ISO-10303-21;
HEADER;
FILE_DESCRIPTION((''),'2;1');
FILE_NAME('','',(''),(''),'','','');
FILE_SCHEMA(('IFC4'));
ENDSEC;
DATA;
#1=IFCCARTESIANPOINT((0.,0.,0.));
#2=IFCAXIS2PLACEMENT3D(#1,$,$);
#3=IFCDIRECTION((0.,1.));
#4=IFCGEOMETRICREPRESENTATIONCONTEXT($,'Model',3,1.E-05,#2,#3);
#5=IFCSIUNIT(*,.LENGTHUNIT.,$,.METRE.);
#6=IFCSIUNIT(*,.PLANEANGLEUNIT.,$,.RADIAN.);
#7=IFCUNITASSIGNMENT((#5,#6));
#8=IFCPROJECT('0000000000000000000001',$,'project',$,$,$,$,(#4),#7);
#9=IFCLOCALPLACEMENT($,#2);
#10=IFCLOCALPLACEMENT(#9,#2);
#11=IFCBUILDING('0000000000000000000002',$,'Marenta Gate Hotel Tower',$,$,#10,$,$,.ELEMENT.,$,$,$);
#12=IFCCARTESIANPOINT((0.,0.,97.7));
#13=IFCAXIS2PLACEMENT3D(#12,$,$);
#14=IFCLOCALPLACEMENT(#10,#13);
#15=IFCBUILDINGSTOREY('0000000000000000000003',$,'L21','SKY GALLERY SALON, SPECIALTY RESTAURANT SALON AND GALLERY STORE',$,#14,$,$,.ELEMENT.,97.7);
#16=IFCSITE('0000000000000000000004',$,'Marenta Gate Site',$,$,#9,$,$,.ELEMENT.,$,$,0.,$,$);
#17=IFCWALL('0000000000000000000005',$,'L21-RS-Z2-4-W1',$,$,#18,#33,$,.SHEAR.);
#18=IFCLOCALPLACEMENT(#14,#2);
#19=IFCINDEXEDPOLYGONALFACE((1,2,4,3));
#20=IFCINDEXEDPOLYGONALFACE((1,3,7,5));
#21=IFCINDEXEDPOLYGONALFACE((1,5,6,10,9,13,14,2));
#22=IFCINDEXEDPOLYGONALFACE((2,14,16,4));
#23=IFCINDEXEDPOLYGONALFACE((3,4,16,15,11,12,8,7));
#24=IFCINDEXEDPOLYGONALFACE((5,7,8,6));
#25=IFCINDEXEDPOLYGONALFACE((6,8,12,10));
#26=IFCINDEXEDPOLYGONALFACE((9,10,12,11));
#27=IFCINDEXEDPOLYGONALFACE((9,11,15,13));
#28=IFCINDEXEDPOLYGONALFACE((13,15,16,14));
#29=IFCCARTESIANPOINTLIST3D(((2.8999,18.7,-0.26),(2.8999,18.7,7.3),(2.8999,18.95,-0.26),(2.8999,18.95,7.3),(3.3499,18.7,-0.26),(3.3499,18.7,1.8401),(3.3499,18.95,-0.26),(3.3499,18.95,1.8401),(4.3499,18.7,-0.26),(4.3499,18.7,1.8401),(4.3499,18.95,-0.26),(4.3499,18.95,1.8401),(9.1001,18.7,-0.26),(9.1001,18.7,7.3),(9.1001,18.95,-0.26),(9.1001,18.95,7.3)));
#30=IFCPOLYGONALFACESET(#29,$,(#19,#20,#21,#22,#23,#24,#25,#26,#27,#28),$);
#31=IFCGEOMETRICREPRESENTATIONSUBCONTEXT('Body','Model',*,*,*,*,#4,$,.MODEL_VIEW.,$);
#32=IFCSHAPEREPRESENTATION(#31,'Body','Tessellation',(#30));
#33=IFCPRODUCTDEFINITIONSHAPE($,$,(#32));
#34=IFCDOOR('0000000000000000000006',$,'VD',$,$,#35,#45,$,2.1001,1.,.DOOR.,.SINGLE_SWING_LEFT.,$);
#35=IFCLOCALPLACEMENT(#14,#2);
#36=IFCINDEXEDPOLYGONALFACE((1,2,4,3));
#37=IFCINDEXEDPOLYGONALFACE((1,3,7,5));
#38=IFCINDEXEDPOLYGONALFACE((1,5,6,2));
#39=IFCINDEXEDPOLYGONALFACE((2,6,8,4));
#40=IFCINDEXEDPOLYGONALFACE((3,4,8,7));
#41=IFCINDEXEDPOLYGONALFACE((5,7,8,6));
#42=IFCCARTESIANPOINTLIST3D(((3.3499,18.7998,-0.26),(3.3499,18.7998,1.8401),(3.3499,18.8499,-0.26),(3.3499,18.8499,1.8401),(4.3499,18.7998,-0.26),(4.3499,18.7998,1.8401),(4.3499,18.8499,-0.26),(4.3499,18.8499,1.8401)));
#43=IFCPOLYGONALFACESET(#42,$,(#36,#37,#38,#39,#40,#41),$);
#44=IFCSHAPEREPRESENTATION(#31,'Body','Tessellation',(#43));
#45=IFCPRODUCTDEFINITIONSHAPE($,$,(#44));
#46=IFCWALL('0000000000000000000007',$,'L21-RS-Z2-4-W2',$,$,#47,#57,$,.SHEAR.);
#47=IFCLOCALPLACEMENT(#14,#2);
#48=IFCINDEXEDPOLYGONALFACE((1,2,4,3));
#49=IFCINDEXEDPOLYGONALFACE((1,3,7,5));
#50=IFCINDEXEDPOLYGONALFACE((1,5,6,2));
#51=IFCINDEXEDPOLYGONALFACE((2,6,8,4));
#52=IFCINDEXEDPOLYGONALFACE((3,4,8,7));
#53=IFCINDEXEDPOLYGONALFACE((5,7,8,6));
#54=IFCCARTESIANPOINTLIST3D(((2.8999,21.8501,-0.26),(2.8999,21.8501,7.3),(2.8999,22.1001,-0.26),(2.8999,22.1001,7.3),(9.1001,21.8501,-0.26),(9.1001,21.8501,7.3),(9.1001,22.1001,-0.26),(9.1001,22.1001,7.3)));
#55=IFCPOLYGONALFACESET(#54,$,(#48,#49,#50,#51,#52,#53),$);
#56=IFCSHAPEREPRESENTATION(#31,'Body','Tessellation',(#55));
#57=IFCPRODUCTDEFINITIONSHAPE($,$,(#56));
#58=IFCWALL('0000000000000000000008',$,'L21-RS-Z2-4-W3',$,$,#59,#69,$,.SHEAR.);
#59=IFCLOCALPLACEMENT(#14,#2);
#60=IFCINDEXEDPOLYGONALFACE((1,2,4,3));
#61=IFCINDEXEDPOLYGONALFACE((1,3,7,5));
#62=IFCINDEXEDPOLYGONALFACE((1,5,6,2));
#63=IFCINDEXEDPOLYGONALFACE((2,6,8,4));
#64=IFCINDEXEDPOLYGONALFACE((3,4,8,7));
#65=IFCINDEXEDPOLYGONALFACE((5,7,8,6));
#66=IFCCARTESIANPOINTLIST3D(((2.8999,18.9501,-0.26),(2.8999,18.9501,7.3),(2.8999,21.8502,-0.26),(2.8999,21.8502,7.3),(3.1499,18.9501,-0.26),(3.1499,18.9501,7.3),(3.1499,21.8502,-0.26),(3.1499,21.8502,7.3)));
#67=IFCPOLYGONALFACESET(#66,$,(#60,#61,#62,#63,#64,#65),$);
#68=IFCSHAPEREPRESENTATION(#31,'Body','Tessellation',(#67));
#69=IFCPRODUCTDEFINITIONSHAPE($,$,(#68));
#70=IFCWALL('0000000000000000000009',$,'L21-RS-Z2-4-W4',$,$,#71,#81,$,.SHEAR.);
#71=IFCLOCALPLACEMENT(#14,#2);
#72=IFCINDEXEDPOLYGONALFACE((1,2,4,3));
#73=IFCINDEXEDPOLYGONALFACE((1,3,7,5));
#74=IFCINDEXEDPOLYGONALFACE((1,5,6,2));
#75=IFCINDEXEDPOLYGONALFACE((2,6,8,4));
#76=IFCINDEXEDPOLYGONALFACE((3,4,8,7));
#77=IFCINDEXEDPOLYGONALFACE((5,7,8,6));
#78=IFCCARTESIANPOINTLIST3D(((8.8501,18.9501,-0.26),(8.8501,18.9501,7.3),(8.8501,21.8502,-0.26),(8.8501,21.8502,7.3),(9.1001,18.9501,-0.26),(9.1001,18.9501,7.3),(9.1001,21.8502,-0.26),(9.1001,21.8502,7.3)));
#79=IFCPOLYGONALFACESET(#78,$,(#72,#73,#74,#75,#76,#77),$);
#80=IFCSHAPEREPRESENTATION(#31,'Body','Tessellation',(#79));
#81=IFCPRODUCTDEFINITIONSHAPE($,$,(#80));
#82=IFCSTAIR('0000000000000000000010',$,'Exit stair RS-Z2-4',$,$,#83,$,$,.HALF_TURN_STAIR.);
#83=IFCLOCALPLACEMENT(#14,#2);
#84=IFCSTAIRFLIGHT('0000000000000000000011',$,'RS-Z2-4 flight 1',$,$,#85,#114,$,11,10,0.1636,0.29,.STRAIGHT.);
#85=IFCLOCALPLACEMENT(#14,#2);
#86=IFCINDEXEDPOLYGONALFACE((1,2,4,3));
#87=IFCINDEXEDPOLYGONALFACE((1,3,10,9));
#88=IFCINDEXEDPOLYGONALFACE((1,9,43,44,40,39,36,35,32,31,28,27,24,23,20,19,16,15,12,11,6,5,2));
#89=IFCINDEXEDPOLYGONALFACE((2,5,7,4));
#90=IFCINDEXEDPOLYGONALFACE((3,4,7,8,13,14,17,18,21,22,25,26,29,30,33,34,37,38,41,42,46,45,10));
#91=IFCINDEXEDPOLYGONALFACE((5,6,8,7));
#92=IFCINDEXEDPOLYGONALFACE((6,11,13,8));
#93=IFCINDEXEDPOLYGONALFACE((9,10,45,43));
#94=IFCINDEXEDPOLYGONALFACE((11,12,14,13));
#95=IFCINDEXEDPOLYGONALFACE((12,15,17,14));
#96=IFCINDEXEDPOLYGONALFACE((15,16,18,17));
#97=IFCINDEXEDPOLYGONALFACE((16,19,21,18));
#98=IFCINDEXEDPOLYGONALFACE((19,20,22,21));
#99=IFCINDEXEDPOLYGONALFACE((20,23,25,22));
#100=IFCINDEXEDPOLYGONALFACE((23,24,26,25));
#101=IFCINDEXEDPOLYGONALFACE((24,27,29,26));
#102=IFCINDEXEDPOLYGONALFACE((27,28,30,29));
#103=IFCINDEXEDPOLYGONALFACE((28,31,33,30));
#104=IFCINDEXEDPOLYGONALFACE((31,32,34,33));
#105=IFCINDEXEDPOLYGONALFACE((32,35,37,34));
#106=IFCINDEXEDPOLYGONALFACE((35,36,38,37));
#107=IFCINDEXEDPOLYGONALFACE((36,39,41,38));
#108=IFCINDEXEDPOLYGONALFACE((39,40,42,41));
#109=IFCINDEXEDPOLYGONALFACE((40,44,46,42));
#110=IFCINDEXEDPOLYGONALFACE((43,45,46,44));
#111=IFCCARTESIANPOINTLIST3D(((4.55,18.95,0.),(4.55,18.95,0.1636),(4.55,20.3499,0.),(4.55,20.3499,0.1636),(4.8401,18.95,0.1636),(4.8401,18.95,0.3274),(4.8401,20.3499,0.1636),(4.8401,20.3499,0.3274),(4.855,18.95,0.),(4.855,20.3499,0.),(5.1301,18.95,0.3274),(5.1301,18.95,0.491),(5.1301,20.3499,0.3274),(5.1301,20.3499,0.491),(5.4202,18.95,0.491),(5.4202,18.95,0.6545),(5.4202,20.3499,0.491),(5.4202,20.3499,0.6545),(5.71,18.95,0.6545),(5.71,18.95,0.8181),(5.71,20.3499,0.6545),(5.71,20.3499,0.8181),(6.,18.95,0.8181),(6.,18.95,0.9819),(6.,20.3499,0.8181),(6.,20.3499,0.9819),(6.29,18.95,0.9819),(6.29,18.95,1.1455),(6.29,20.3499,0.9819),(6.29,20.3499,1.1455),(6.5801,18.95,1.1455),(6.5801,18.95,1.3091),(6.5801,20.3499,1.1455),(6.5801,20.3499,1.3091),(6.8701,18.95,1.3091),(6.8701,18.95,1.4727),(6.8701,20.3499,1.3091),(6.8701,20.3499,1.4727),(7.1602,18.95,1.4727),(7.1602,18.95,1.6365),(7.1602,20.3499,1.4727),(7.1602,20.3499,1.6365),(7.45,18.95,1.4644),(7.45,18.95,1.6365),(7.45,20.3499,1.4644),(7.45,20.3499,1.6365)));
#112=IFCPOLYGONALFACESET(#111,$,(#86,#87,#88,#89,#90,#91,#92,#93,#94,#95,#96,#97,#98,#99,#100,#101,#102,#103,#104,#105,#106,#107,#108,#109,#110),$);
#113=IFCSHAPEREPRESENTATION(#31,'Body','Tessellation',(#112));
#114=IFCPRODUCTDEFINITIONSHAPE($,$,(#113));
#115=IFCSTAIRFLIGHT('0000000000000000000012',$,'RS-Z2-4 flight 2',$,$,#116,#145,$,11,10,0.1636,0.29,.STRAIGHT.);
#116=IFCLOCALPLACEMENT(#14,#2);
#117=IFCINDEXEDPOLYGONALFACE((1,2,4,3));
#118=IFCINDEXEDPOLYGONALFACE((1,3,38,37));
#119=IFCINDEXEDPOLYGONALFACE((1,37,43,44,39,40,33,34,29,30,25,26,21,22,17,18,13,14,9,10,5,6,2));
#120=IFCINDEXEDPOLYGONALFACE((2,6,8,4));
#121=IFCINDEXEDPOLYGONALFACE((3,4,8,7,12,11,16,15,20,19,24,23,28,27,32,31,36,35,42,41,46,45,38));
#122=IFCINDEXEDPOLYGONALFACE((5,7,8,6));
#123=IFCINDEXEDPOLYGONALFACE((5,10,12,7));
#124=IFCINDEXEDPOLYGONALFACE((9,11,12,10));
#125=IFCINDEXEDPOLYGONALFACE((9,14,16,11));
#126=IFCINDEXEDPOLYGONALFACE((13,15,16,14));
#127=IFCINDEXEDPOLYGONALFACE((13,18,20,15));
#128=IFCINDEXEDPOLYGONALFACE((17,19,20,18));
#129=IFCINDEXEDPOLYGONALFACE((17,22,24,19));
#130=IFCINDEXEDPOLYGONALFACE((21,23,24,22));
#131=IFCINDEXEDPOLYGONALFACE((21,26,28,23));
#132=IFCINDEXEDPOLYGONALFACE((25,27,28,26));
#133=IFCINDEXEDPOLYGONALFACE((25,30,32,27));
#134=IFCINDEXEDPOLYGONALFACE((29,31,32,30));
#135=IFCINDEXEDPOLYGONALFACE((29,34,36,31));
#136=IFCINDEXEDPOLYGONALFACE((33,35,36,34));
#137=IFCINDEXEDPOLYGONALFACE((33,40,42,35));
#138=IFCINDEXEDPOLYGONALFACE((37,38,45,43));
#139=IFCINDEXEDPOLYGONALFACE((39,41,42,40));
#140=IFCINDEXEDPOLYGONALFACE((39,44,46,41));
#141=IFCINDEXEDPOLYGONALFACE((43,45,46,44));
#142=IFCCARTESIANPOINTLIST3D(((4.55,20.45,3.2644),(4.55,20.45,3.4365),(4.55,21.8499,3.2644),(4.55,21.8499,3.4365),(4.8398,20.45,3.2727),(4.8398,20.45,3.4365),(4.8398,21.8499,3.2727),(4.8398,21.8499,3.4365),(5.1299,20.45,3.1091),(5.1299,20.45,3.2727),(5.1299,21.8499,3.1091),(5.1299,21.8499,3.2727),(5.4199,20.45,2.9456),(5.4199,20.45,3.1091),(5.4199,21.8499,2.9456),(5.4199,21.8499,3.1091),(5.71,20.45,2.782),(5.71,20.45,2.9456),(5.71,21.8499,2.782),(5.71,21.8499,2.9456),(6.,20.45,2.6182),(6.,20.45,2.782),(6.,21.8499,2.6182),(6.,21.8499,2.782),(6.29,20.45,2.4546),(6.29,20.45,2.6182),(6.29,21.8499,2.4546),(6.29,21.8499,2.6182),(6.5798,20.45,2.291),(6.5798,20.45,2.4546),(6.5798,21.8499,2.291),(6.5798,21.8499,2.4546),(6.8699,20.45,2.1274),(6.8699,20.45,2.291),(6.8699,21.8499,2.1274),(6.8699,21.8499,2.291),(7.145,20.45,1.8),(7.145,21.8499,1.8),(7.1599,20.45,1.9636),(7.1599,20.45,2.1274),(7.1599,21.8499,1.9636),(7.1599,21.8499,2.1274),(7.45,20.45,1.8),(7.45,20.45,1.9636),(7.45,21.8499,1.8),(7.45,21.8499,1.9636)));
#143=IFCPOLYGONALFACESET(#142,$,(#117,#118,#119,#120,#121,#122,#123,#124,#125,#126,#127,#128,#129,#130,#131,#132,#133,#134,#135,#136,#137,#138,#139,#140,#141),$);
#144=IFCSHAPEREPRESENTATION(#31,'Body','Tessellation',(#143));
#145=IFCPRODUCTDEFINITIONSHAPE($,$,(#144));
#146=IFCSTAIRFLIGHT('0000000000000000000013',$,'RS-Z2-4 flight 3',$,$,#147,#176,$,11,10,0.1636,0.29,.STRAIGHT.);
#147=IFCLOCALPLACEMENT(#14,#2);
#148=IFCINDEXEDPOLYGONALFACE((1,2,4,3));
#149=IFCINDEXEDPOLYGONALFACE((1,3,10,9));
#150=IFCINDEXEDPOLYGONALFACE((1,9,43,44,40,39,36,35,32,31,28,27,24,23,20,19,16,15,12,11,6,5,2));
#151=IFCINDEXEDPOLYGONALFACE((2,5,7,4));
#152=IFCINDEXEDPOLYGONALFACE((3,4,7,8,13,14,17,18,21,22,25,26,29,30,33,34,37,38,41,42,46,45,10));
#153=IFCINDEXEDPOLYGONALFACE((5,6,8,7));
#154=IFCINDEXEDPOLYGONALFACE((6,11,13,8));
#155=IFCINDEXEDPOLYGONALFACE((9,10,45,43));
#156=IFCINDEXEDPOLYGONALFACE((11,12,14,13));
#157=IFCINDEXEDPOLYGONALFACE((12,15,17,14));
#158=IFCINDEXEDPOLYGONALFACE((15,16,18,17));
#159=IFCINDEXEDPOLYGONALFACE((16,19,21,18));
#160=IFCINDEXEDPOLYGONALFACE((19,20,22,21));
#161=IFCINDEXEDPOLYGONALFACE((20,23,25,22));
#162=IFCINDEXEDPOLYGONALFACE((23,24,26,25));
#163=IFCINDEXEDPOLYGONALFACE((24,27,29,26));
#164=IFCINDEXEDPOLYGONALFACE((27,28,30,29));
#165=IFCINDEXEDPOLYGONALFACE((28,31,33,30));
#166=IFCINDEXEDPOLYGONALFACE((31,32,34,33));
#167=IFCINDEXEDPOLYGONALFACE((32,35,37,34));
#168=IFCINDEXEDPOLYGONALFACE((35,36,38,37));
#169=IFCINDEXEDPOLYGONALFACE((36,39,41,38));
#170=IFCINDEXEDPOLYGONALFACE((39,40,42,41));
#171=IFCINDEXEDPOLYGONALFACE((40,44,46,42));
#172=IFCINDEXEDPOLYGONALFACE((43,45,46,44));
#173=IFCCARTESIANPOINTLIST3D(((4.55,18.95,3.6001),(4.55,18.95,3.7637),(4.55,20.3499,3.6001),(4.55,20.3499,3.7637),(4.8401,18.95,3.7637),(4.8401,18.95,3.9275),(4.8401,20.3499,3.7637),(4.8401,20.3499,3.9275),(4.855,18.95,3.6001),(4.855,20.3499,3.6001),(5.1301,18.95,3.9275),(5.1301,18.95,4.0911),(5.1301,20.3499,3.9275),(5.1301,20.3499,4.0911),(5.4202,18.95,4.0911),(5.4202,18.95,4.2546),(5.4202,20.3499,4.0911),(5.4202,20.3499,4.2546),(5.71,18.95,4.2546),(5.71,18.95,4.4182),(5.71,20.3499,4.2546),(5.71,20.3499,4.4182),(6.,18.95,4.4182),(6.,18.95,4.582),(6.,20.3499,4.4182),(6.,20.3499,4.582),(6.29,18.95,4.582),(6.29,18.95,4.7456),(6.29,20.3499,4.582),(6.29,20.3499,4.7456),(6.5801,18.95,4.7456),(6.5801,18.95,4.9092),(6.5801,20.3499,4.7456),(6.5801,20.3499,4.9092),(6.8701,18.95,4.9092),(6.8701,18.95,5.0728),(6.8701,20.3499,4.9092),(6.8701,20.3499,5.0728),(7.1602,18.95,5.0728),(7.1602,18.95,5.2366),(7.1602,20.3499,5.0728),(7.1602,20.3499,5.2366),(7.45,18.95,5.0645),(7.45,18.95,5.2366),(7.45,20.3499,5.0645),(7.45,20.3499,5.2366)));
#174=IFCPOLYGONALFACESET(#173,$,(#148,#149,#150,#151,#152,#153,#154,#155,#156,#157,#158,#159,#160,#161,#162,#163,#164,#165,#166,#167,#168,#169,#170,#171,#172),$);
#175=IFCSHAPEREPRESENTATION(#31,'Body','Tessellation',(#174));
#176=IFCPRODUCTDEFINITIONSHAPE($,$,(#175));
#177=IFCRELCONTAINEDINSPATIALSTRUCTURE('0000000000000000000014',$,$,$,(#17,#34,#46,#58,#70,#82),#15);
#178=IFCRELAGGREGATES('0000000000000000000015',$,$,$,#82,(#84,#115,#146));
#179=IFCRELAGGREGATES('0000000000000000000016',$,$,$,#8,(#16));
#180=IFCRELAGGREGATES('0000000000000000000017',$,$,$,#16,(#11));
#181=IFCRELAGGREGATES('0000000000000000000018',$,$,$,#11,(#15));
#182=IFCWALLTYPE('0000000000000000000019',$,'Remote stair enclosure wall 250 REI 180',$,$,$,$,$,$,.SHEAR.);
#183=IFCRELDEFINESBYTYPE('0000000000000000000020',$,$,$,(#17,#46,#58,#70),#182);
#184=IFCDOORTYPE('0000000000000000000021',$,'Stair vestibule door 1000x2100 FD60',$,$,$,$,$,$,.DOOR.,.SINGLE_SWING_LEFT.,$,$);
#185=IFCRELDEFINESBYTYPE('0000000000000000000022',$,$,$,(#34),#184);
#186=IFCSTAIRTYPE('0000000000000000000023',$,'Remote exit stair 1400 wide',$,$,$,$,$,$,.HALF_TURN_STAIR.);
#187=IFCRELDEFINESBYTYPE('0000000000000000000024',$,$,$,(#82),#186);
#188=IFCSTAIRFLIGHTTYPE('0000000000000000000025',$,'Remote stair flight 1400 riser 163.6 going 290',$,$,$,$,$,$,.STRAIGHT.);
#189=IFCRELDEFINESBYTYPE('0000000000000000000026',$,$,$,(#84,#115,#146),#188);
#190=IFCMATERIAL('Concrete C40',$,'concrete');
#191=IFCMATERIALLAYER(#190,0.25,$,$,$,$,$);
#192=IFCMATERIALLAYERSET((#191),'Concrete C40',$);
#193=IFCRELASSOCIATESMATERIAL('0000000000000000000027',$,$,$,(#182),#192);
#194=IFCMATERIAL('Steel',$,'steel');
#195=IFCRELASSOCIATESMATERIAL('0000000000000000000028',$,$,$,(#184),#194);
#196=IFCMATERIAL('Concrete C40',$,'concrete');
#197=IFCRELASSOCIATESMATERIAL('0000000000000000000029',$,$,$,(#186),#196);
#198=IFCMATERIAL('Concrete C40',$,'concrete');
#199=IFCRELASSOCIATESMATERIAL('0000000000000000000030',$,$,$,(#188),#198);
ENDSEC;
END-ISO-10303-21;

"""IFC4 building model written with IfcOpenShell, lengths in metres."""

from ifc_helpers import new_model, si_unit, direction, frame, frame_2d, origin, place, context, subcontext, project, spatial, polyline, rectangle, outline, extrude, material, layer, layer_set, type_object, element, fill, aggregate, save


model = new_model("IFC4")

# Units and contexts
model_context = context("Model", 3, precision=1e-05, world=origin(), true_north=direction((0.0, 1.0)))
body_context = subcontext(model_context, "Body", "Model", "MODEL_VIEW")
ifc_project = project(units=[si_unit("LENGTHUNIT", "METRE"), si_unit("PLANEANGLEUNIT", "RADIAN")], contexts=[model_context])

# Site, building, storey
site_placement = place(None, origin())
site = spatial("IfcSite", under=ifc_project, at=site_placement, Name="Marenta Gate Site", CompositionType="ELEMENT", RefElevation=0.0)
building_placement = place(site_placement, origin())
building = spatial("IfcBuilding", under=site, at=building_placement, Name="Marenta Gate Hotel Tower", CompositionType="ELEMENT")
storey_placement = place(building_placement, frame((0.0, 0.0, 97.7)))
storey = spatial("IfcBuildingStorey", under=building, at=storey_placement, Name="L21", Description="SKY GALLERY SALON, SPECIALTY RESTAURANT SALON AND GALLERY STORE", CompositionType="ELEMENT", Elevation=97.7)

# Wall, opening, door
ifc_material_1 = material(Name="Concrete C40", Category="concrete")
ifc_layer_1 = layer(ifc_material_1, 0.25)
ifc_layer_set_1 = layer_set([ifc_layer_1], Name="Concrete C40")
wall_type_1 = type_object("IfcWallType", Name="Remote stair enclosure wall 250 REI 180", PredefinedType="SHEAR", material=ifc_layer_set_1)
wall_1_placement = place(storey_placement, frame((2.8999, 18.825, -0.26), z_axis=(0.0, 0.0, 1.0), x_axis=(1.0, 0.0, 0.0)))
wall_1 = element("IfcWall", 1, at=wall_1_placement, inside=storey, type_object=wall_type_1, Name="L21-RS-Z2-4-W1", PredefinedType="SHEAR", context=body_context, shape_type="SweptSolid", body=[
    extrude(rectangle(XDim=6.2002, YDim=0.25, at=frame_2d((3.1001, 0.0))), origin(), (0.0, 0.0, 1.0), 7.5601),
])
opening_1_placement = place(wall_1_placement, frame((0.45, 0.0, 0.0)))
opening_1 = element("IfcOpeningElement", 2, at=opening_1_placement, cuts=wall_1, PredefinedType="OPENING", context=body_context, shape_type="SweptSolid", body=[
    extrude(rectangle(XDim=1.0, YDim=2.1001, at=frame_2d((0.5, 1.05))), frame((0.0, 0.125, 0.0), z_axis=(0.0, -1.0, 0.0), x_axis=(1.0, 0.0, 0.0)), (0.0, 0.0, 1.0), 0.25),
])
ifc_material_2 = material(Name="Steel", Category="steel")
door_type_1 = type_object("IfcDoorType", Name="Stair vestibule door 1000x2100 FD60", OperationType="SINGLE_SWING_LEFT", PredefinedType="DOOR", material=ifc_material_2)
door_1_placement = place(opening_1_placement, origin())
door_1 = element("IfcDoor", 3, at=door_1_placement, inside=storey, type_object=door_type_1, Name="VD", OperationType="SINGLE_SWING_LEFT", OverallHeight=2.1001, OverallWidth=1.0, PredefinedType="DOOR", context=body_context, shape_type="SweptSolid", body=[
    extrude(rectangle(XDim=1.0, YDim=2.1001, at=frame_2d((0.5, 1.05))), frame((0.0, 0.0249, 0.0), z_axis=(0.0, -1.0, 0.0), x_axis=(1.0, 0.0, 0.0)), (0.0, 0.0, 1.0), 0.05),
])
fill(opening_1, door_1)

# Walls
wall_2_placement = place(storey_placement, frame((2.8999, 21.9751, -0.26), z_axis=(0.0, 0.0, 1.0), x_axis=(1.0, 0.0, 0.0)))
element("IfcWall", 4, at=wall_2_placement, inside=storey, type_object=wall_type_1, Name="L21-RS-Z2-4-W2", PredefinedType="SHEAR", context=body_context, shape_type="SweptSolid", body=[
    extrude(rectangle(XDim=6.2002, YDim=0.25, at=frame_2d((3.1001, 0.0))), origin(), (0.0, 0.0, 1.0), 7.5601),
])
for number, where, z_axis, x_axis, name in (
    (5, (3.0249, 18.95, -0.26), (0.0, 0.0, 1.0), (0.0, 1.0, 0.0), "L21-RS-Z2-4-W3"),
    (6, (8.9751, 18.95, -0.26), (0.0, 0.0, 1.0), (0.0, 1.0, 0.0), "L21-RS-Z2-4-W4"),
):
    element("IfcWall", number, at=place(storey_placement, frame(where, z_axis=z_axis, x_axis=x_axis)), inside=storey, type_object=wall_type_1, Name=name, PredefinedType="SHEAR", context=body_context, shape_type="SweptSolid", body=[
        extrude(rectangle(XDim=2.9001, YDim=0.25, at=frame_2d((1.4502, 0.0))), origin(), (0.0, 0.0, 1.0), 7.5601),
    ])

# Stair, stair flights
ifc_material_3 = material(Name="Concrete C40", Category="concrete")
stair_type = type_object("IfcStairType", Name="Remote exit stair 1400 wide", PredefinedType="HALF_TURN_STAIR", material=ifc_material_3)
stair_placement = place(storey_placement, origin())
stair = element("IfcStair", 7, at=stair_placement, inside=storey, type_object=stair_type, Name="Exit stair RS-Z2-4", PredefinedType="HALF_TURN_STAIR")
ifc_material_4 = material(Name="Concrete C40", Category="concrete")
stair_flight_type = type_object("IfcStairFlightType", Name="Remote stair flight 1400 riser 163.6 going 290", PredefinedType="STRAIGHT", material=ifc_material_4)
stair_flight_1_placement = place(storey_placement, frame((4.55, 19.6499, 0.0), z_axis=(0.0, 0.0, 1.0), x_axis=(1.0, 0.0, 0.0)))
stair_flight_1 = element("IfcStairFlight", 8, at=stair_flight_1_placement, type_object=stair_flight_type, Name="RS-Z2-4 flight 1", NumberOfRisers=11, NumberOfTreads=10, PredefinedType="STRAIGHT", RiserHeight=0.1636, TreadLength=0.29, context=body_context, shape_type="SweptSolid", body=[
    extrude(outline(polyline([(0.0, 0.0), (0.0, 0.1636), (0.29, 0.1636), (0.29, 0.3274), (0.5801, 0.3274), (0.5801, 0.491), (0.8701, 0.491), (0.8701, 0.6545), (1.1599, 0.6545), (1.1599, 0.8181), (1.45, 0.8181), (1.45, 0.9819), (1.74, 0.9819), (1.74, 1.1455), (2.03, 1.1455), (2.03, 1.3091), (2.3201, 1.3091), (2.3201, 1.4727), (2.6101, 1.4727), (2.6101, 1.6365), (2.8999, 1.6365), (2.8999, 1.8), (2.8999, 1.4644), (0.3049, 0.0), (0.0, 0.0)])), frame((0.0, 0.7, 0.0), z_axis=(0.0, -1.0, 0.0), x_axis=(1.0, 0.0, 0.0)), (0.0, 0.0, 1.0), 1.3999),
])
stair_flight_2_placement = place(storey_placement, frame((7.45, 21.1499, 1.8), z_axis=(0.0, 0.0, 1.0), x_axis=(-1.0, 0.0, 0.0)))
stair_flight_2 = element("IfcStairFlight", 9, at=stair_flight_2_placement, type_object=stair_flight_type, Name="RS-Z2-4 flight 2", NumberOfRisers=11, NumberOfTreads=10, PredefinedType="STRAIGHT", RiserHeight=0.1636, TreadLength=0.29, context=body_context, shape_type="SweptSolid", body=[
    extrude(outline(polyline([(0.0, 0.0), (0.0, 0.1636), (0.29, 0.1636), (0.29, 0.3274), (0.5801, 0.3274), (0.5801, 0.491), (0.8701, 0.491), (0.8701, 0.6545), (1.1599, 0.6545), (1.1599, 0.8181), (1.45, 0.8181), (1.45, 0.9819), (1.74, 0.9819), (1.74, 1.1455), (2.03, 1.1455), (2.03, 1.3091), (2.3201, 1.3091), (2.3201, 1.4727), (2.6101, 1.4727), (2.6101, 1.6365), (2.8999, 1.6365), (2.8999, 1.8), (2.8999, 1.4644), (0.3049, 0.0), (0.0, 0.0)])), frame((0.0, 0.7, 0.0), z_axis=(0.0, -1.0, 0.0), x_axis=(1.0, 0.0, 0.0)), (0.0, 0.0, 1.0), 1.3999),
])
stair_flight_3_placement = place(storey_placement, frame((4.55, 19.6499, 3.6001), z_axis=(0.0, 0.0, 1.0), x_axis=(1.0, 0.0, 0.0)))
stair_flight_3 = element("IfcStairFlight", 10, at=stair_flight_3_placement, type_object=stair_flight_type, Name="RS-Z2-4 flight 3", NumberOfRisers=11, NumberOfTreads=10, PredefinedType="STRAIGHT", RiserHeight=0.1636, TreadLength=0.29, context=body_context, shape_type="SweptSolid", body=[
    extrude(outline(polyline([(0.0, 0.0), (0.0, 0.1636), (0.29, 0.1636), (0.29, 0.3274), (0.5801, 0.3274), (0.5801, 0.491), (0.8701, 0.491), (0.8701, 0.6545), (1.1599, 0.6545), (1.1599, 0.8181), (1.45, 0.8181), (1.45, 0.9819), (1.74, 0.9819), (1.74, 1.1455), (2.03, 1.1455), (2.03, 1.3091), (2.3201, 1.3091), (2.3201, 1.4727), (2.6101, 1.4727), (2.6101, 1.6365), (2.8999, 1.6365), (2.8999, 1.8), (2.8999, 1.4644), (0.3049, 0.0), (0.0, 0.0)])), frame((0.0, 0.7, 0.0), z_axis=(0.0, -1.0, 0.0), x_axis=(1.0, 0.0, 0.0)), (0.0, 0.0, 1.0), 1.3999),
])
aggregate(stair, [stair_flight_1, stair_flight_2, stair_flight_3])

save(model, "model.ifc")
